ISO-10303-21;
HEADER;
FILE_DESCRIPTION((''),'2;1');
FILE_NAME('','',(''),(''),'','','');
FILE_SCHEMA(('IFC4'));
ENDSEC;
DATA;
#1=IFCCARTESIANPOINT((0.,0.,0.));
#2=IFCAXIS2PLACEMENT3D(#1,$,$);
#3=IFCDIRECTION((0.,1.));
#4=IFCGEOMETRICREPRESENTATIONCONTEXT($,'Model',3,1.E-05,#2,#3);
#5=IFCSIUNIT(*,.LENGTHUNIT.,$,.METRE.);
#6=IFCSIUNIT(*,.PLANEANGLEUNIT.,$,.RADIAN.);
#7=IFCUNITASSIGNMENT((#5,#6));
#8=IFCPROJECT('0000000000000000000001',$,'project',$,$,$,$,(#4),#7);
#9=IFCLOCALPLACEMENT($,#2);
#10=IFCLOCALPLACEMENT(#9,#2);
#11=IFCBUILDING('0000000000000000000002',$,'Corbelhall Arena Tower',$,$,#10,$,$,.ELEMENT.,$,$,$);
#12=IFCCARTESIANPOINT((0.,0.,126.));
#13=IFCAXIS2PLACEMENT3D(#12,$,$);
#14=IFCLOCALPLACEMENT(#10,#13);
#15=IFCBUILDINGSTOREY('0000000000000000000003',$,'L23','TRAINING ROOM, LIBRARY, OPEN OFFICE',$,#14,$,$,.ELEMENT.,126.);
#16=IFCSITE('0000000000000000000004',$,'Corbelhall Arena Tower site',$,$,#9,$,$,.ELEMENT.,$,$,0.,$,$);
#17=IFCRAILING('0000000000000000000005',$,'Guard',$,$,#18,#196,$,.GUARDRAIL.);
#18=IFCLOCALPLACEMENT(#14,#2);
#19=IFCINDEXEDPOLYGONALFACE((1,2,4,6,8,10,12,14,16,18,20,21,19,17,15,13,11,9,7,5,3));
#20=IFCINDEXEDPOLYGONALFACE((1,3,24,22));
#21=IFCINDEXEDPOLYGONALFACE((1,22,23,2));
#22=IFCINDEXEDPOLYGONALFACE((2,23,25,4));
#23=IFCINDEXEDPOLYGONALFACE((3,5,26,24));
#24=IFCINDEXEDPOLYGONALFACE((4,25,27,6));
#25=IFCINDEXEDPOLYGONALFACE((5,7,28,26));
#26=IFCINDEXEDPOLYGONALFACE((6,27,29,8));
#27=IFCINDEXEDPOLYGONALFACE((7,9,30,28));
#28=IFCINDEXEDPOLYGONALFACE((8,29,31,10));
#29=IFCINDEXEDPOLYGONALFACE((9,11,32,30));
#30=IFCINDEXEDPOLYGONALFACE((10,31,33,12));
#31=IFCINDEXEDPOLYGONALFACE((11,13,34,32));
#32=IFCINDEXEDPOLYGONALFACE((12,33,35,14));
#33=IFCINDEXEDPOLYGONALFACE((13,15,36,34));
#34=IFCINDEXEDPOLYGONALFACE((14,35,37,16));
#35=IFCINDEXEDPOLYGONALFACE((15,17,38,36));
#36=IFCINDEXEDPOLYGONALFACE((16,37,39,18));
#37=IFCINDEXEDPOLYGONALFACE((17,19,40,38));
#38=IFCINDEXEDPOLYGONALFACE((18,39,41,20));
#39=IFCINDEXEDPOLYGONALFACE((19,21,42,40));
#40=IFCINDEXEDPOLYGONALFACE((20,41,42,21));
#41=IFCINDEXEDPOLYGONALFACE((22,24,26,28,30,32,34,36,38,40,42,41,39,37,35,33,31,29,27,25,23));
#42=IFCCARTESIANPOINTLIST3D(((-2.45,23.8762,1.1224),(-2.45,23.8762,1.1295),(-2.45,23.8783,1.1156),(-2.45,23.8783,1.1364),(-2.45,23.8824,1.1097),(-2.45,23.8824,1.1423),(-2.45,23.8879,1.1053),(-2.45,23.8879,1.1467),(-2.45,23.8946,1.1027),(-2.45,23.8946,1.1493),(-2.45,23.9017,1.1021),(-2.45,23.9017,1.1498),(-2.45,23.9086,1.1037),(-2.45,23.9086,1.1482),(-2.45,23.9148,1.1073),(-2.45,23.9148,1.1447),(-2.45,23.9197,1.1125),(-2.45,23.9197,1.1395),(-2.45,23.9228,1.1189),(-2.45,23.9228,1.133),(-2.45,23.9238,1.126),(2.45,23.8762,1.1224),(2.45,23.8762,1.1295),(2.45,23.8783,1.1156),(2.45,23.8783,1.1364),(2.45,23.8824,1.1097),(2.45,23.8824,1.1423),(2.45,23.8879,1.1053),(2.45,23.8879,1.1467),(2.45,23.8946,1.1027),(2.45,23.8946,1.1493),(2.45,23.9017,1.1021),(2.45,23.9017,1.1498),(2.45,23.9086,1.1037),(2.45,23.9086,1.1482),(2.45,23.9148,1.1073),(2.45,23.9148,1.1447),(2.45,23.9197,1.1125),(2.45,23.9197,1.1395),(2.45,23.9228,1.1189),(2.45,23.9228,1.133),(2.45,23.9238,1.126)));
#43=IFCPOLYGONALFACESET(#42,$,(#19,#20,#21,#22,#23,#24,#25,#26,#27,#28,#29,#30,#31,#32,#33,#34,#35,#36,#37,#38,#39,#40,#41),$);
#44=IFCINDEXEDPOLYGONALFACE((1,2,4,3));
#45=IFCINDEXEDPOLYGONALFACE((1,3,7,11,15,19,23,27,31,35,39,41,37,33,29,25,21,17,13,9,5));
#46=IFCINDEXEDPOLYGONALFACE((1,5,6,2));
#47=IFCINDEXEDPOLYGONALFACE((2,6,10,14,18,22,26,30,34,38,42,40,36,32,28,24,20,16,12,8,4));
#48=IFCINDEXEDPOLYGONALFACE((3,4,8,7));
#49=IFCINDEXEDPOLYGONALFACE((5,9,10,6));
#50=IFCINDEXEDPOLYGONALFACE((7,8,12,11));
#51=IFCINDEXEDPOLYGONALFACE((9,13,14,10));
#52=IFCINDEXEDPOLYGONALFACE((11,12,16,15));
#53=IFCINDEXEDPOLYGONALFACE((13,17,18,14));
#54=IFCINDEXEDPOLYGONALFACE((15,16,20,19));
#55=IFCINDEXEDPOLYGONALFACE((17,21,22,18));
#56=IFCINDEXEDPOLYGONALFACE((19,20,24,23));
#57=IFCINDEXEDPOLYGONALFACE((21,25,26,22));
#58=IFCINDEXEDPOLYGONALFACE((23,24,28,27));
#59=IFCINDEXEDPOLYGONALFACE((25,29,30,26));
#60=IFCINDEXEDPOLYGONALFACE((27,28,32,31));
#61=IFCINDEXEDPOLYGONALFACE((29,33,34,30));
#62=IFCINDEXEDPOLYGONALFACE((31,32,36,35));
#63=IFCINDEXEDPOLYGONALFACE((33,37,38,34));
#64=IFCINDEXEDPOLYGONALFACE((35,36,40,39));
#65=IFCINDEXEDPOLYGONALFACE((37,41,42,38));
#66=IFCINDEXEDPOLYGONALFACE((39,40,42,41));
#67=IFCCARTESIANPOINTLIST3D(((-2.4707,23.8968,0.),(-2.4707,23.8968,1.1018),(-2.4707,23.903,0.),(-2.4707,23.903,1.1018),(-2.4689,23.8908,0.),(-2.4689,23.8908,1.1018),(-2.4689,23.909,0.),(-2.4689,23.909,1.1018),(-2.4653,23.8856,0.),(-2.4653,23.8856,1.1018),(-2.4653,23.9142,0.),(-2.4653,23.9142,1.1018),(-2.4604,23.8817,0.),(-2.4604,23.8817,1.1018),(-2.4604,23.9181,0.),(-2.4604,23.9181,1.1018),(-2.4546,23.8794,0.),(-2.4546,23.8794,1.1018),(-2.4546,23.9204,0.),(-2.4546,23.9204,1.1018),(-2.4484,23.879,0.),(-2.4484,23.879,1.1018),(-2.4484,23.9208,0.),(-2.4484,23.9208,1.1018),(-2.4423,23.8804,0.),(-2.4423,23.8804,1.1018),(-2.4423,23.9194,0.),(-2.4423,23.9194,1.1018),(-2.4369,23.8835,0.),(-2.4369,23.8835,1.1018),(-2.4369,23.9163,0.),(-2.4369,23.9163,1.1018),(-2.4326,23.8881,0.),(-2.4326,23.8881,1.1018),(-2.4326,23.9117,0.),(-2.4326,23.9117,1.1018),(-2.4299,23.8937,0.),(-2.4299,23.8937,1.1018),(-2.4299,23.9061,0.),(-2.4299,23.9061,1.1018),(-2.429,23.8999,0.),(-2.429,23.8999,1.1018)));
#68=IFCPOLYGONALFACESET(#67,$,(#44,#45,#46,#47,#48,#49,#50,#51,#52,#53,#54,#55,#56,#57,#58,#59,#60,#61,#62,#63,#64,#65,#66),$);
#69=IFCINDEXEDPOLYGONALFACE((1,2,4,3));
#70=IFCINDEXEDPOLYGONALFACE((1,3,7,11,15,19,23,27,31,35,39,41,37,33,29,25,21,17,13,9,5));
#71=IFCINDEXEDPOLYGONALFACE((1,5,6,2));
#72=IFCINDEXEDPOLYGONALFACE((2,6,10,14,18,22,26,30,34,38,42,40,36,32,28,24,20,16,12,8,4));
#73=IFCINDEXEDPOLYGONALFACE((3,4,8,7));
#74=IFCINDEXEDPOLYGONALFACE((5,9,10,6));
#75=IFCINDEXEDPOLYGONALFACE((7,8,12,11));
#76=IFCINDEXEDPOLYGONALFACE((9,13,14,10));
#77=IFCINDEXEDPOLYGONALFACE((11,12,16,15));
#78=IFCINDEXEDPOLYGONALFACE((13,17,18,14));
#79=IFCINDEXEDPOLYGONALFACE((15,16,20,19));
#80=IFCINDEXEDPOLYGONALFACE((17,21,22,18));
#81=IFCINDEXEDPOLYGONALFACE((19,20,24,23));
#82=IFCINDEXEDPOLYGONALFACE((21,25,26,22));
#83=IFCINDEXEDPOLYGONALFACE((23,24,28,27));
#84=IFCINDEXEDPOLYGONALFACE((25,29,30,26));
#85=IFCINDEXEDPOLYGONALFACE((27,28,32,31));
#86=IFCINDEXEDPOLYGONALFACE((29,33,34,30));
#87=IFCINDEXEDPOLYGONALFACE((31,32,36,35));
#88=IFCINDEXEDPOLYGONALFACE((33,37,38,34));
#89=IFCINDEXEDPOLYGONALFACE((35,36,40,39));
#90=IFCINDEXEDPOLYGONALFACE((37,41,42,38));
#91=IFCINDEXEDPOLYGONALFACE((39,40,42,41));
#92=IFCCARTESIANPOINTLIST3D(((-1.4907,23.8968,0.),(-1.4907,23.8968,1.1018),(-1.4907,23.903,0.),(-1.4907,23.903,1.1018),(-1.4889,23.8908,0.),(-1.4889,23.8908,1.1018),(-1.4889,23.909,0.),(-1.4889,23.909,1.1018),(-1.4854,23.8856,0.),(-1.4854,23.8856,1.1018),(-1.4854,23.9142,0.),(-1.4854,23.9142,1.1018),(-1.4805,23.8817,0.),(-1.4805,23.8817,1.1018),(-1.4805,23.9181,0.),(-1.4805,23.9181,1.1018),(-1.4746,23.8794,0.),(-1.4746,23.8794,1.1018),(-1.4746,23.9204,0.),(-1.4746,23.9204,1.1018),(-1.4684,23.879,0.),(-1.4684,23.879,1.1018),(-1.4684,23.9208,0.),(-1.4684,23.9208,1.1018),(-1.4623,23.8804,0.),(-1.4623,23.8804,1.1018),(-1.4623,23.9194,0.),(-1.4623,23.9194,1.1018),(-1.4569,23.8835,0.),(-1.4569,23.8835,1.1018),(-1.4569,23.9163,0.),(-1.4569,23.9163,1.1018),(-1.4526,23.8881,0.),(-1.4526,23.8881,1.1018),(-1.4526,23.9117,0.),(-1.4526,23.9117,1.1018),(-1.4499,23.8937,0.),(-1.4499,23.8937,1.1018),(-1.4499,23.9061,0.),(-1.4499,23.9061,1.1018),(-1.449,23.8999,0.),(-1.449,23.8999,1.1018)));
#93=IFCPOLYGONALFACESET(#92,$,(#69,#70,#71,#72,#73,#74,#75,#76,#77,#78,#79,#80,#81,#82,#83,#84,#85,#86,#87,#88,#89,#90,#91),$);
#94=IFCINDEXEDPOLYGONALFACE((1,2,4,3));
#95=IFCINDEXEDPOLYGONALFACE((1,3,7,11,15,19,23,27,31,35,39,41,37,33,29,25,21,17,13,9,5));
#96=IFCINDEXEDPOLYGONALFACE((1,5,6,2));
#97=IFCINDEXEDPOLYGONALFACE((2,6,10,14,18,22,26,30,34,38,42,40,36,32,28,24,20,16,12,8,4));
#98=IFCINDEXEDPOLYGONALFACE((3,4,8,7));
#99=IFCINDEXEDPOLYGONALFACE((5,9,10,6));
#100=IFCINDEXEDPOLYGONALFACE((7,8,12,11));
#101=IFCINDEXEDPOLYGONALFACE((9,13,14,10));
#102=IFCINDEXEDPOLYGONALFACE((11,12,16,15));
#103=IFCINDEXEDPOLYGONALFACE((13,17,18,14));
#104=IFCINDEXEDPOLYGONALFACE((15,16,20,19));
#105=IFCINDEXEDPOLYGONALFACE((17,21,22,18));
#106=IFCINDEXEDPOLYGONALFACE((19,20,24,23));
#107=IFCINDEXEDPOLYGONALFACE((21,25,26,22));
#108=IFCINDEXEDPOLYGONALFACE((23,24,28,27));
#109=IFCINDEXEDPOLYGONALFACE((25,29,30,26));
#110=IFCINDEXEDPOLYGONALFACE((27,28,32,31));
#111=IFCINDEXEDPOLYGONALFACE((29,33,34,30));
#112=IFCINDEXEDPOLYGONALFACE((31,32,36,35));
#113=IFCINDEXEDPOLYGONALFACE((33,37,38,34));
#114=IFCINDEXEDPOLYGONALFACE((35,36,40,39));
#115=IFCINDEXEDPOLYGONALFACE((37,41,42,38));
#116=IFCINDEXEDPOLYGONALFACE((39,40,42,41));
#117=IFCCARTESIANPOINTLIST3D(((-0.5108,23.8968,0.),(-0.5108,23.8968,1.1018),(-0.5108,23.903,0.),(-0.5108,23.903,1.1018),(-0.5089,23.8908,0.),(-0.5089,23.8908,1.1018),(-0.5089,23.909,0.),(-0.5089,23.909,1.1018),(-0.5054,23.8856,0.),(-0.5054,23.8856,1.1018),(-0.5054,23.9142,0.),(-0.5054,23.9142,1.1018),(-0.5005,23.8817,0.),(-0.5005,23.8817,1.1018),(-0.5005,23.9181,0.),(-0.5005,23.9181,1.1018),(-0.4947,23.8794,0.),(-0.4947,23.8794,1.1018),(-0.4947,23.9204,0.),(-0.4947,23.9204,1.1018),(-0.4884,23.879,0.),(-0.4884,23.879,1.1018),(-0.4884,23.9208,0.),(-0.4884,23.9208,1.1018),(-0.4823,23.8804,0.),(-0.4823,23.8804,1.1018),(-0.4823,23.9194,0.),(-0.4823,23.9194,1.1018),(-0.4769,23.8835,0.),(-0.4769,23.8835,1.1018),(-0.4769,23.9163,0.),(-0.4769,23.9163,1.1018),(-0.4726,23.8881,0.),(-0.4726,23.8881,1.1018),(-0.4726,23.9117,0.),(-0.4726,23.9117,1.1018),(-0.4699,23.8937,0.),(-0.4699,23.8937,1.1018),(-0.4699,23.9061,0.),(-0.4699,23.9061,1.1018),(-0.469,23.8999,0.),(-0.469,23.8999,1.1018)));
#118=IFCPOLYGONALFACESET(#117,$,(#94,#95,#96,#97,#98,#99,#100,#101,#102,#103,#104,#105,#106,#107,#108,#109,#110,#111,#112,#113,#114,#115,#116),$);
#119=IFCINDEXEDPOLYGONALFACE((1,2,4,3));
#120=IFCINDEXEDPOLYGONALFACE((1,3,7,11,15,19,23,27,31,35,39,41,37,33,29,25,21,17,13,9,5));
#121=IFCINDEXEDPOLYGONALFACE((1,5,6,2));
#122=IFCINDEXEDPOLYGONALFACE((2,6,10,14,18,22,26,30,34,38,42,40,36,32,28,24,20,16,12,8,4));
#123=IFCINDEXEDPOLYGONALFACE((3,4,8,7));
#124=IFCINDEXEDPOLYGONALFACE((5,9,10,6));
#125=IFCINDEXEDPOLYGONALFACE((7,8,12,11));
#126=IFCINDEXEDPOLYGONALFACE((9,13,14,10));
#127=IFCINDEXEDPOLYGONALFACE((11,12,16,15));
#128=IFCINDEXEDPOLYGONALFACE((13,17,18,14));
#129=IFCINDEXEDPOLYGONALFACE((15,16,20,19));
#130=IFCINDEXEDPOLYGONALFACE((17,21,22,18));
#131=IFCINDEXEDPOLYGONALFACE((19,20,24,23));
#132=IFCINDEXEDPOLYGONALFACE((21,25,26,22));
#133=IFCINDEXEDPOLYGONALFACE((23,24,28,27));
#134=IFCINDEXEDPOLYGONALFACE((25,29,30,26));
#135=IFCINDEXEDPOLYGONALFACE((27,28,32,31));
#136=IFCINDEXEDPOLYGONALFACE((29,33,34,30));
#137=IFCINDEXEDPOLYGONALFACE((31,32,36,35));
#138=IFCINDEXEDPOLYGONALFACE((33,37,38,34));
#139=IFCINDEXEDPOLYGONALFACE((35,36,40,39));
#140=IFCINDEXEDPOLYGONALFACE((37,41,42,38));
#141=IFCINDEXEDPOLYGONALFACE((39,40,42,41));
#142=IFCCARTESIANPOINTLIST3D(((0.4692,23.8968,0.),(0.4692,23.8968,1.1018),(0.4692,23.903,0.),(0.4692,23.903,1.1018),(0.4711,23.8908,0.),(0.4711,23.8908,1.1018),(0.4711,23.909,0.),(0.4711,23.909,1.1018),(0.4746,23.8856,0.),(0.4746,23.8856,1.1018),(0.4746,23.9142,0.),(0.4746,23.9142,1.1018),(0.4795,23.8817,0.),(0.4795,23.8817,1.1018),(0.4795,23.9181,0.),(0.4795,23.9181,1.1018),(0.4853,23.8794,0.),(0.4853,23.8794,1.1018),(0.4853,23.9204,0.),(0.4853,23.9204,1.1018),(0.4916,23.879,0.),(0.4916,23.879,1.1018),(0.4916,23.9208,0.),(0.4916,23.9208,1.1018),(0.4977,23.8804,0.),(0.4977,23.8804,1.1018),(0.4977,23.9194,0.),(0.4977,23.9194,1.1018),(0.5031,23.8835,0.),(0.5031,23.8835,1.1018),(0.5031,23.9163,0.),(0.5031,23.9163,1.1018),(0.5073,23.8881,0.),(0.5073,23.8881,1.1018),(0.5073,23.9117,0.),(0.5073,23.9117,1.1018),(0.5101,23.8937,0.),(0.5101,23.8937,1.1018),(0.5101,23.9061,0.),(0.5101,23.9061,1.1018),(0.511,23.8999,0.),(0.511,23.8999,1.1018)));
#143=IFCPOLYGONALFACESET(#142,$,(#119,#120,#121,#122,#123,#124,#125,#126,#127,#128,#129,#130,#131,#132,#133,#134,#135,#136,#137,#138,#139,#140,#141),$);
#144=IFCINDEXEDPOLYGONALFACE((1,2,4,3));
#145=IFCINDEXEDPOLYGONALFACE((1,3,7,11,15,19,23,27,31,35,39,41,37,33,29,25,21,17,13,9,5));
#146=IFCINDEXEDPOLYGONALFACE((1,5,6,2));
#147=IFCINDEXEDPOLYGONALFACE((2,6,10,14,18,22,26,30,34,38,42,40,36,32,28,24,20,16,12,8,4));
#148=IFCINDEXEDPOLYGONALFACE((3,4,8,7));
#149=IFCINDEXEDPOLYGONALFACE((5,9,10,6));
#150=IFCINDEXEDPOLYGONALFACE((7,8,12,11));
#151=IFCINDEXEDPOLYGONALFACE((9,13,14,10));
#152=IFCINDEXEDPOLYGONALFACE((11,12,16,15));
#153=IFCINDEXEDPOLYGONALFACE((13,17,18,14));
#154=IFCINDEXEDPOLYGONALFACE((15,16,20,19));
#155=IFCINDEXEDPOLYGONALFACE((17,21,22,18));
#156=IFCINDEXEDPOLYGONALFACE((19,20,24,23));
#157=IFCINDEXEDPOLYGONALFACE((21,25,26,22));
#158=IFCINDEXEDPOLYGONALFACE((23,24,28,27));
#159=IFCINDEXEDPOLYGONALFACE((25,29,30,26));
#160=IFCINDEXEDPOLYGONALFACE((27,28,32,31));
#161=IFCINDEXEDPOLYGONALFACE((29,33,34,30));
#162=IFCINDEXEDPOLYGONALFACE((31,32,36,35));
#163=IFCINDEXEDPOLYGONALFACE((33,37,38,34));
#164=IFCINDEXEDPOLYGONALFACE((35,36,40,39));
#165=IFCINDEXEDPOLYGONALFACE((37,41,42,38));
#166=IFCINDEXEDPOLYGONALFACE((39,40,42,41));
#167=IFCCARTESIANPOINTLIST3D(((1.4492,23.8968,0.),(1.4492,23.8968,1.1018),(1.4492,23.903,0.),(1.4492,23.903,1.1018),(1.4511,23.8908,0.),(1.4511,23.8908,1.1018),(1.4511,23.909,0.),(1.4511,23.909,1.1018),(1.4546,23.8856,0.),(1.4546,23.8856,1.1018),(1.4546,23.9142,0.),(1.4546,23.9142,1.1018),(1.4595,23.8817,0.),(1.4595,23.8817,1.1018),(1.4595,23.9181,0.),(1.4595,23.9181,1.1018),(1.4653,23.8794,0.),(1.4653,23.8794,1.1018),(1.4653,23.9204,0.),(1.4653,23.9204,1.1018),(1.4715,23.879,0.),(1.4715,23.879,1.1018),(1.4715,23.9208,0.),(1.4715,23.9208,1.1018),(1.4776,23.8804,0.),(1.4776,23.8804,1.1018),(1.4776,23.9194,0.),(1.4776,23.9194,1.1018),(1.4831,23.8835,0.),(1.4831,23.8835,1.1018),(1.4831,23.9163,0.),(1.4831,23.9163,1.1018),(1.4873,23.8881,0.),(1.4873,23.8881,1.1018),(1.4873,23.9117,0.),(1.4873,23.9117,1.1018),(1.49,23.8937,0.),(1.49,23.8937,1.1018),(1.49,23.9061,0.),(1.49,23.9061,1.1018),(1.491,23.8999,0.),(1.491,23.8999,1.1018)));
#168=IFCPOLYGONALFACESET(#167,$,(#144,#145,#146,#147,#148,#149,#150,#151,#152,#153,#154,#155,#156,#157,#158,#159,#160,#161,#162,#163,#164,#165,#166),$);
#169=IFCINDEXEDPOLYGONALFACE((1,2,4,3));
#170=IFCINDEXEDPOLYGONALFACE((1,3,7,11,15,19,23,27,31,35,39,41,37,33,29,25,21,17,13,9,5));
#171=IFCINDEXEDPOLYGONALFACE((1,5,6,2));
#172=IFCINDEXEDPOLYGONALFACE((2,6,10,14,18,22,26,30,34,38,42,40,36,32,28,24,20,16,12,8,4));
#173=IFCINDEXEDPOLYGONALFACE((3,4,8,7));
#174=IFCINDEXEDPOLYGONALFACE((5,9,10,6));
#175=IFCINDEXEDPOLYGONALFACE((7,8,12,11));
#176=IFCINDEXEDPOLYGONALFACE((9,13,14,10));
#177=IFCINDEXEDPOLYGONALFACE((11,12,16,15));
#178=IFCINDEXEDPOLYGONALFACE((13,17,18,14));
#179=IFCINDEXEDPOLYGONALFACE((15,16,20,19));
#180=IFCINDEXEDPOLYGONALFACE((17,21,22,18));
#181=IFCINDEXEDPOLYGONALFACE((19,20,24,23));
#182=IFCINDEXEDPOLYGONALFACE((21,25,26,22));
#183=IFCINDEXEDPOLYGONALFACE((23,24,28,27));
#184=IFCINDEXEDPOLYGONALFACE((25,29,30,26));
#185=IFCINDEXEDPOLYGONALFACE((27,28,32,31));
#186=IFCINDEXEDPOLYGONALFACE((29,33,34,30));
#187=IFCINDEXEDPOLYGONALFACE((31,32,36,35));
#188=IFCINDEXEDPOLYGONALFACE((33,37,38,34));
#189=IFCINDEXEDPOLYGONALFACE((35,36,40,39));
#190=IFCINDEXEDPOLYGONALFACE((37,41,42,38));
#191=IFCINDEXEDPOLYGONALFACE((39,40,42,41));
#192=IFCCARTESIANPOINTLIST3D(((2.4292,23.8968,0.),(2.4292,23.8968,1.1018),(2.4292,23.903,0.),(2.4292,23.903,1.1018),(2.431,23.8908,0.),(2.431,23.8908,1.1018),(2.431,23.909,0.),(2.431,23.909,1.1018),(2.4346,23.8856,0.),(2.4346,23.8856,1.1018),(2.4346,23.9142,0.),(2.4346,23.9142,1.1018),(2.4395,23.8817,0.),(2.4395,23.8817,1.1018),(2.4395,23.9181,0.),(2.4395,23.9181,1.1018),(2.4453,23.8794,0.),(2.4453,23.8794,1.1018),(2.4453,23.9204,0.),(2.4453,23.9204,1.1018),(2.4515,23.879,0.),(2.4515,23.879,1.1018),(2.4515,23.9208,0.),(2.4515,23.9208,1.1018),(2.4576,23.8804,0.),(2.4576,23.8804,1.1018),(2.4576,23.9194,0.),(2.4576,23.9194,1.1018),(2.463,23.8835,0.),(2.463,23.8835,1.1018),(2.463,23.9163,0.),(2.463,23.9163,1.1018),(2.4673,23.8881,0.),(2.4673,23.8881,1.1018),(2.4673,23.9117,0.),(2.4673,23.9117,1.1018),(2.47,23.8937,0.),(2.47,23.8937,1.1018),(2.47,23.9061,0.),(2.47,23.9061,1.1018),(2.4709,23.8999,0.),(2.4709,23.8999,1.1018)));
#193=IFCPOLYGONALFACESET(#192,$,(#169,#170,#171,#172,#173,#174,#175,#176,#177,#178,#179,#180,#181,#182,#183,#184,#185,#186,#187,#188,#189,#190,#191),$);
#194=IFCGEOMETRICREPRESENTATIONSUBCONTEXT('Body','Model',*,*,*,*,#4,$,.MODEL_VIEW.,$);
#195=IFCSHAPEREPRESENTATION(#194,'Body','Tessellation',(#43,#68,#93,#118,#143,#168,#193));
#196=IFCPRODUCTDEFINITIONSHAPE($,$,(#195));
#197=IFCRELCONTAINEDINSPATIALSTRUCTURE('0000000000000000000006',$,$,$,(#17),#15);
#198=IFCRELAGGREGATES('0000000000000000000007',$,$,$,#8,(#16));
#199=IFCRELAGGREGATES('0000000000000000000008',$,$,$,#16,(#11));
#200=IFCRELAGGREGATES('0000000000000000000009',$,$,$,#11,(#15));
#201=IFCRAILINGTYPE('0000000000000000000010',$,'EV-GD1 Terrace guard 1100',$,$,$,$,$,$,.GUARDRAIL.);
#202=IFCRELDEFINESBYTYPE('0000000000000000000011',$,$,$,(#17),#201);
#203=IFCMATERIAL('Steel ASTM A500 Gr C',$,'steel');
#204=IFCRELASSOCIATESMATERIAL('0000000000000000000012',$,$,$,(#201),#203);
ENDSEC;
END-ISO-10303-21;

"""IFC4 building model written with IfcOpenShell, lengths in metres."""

from ifc_helpers import new_model, si_unit, direction, frame, origin, origin_2d, place, context, subcontext, project, spatial, circle, extrude, material, type_object, element, save


model = new_model("IFC4")

# Units and contexts
model_context = context("Model", 3, precision=1e-05, world=origin(), true_north=direction((0.0, 1.0)))
body_context = subcontext(model_context, "Body", "Model", "MODEL_VIEW")
ifc_project = project(units=[si_unit("LENGTHUNIT", "METRE"), si_unit("PLANEANGLEUNIT", "RADIAN")], contexts=[model_context])

# Site, building, storey
site_placement = place(None, origin())
site = spatial("IfcSite", under=ifc_project, at=site_placement, Name="Corbelhall Arena Tower site", CompositionType="ELEMENT", RefElevation=0.0)
building_placement = place(site_placement, origin())
building = spatial("IfcBuilding", under=site, at=building_placement, Name="Corbelhall Arena Tower", CompositionType="ELEMENT")
storey_placement = place(building_placement, frame((0.0, 0.0, 126.0)))
storey = spatial("IfcBuildingStorey", under=building, at=storey_placement, Name="L23", Description="TRAINING ROOM, LIBRARY, OPEN OFFICE", CompositionType="ELEMENT", Elevation=126.0)

# Railing
ifc_material_1 = material(Name="Steel ASTM A500 Gr C", Category="steel")
railing_type = type_object("IfcRailingType", Name="EV-GD1 Terrace guard 1100", PredefinedType="GUARDRAIL", material=ifc_material_1)
railing_placement = place(storey_placement, frame((-2.45, 23.8999, 0.0)))
element("IfcRailing", 1, at=railing_placement, inside=storey, type_object=railing_type, Name="Guard", PredefinedType="GUARDRAIL", context=body_context, shape_type="SweptSolid", body=[
    extrude(circle(Radius=0.0239, at=origin_2d()), frame((0.0, 0.0, 1.126), z_axis=(1.0, 0.0, 0.0), x_axis=(0.0, 1.0, 0.0)), (0.0, 0.0, 1.0), 4.8999),
    extrude(circle(Radius=0.021, at=origin_2d()), origin(), (0.0, 0.0, 1.0), 1.1018),
    extrude(circle(Radius=0.021, at=origin_2d()), frame((0.98, 0.0, 0.0)), (0.0, 0.0, 1.0), 1.1018),
    extrude(circle(Radius=0.021, at=origin_2d()), frame((1.96, 0.0, 0.0)), (0.0, 0.0, 1.0), 1.1018),
    extrude(circle(Radius=0.021, at=origin_2d()), frame((2.9399, 0.0, 0.0)), (0.0, 0.0, 1.0), 1.1018),
    extrude(circle(Radius=0.021, at=origin_2d()), frame((3.9199, 0.0, 0.0)), (0.0, 0.0, 1.0), 1.1018),
    extrude(circle(Radius=0.021, at=origin_2d()), frame((4.8999, 0.0, 0.0)), (0.0, 0.0, 1.0), 1.1018),
])

save(model, "model.ifc")
